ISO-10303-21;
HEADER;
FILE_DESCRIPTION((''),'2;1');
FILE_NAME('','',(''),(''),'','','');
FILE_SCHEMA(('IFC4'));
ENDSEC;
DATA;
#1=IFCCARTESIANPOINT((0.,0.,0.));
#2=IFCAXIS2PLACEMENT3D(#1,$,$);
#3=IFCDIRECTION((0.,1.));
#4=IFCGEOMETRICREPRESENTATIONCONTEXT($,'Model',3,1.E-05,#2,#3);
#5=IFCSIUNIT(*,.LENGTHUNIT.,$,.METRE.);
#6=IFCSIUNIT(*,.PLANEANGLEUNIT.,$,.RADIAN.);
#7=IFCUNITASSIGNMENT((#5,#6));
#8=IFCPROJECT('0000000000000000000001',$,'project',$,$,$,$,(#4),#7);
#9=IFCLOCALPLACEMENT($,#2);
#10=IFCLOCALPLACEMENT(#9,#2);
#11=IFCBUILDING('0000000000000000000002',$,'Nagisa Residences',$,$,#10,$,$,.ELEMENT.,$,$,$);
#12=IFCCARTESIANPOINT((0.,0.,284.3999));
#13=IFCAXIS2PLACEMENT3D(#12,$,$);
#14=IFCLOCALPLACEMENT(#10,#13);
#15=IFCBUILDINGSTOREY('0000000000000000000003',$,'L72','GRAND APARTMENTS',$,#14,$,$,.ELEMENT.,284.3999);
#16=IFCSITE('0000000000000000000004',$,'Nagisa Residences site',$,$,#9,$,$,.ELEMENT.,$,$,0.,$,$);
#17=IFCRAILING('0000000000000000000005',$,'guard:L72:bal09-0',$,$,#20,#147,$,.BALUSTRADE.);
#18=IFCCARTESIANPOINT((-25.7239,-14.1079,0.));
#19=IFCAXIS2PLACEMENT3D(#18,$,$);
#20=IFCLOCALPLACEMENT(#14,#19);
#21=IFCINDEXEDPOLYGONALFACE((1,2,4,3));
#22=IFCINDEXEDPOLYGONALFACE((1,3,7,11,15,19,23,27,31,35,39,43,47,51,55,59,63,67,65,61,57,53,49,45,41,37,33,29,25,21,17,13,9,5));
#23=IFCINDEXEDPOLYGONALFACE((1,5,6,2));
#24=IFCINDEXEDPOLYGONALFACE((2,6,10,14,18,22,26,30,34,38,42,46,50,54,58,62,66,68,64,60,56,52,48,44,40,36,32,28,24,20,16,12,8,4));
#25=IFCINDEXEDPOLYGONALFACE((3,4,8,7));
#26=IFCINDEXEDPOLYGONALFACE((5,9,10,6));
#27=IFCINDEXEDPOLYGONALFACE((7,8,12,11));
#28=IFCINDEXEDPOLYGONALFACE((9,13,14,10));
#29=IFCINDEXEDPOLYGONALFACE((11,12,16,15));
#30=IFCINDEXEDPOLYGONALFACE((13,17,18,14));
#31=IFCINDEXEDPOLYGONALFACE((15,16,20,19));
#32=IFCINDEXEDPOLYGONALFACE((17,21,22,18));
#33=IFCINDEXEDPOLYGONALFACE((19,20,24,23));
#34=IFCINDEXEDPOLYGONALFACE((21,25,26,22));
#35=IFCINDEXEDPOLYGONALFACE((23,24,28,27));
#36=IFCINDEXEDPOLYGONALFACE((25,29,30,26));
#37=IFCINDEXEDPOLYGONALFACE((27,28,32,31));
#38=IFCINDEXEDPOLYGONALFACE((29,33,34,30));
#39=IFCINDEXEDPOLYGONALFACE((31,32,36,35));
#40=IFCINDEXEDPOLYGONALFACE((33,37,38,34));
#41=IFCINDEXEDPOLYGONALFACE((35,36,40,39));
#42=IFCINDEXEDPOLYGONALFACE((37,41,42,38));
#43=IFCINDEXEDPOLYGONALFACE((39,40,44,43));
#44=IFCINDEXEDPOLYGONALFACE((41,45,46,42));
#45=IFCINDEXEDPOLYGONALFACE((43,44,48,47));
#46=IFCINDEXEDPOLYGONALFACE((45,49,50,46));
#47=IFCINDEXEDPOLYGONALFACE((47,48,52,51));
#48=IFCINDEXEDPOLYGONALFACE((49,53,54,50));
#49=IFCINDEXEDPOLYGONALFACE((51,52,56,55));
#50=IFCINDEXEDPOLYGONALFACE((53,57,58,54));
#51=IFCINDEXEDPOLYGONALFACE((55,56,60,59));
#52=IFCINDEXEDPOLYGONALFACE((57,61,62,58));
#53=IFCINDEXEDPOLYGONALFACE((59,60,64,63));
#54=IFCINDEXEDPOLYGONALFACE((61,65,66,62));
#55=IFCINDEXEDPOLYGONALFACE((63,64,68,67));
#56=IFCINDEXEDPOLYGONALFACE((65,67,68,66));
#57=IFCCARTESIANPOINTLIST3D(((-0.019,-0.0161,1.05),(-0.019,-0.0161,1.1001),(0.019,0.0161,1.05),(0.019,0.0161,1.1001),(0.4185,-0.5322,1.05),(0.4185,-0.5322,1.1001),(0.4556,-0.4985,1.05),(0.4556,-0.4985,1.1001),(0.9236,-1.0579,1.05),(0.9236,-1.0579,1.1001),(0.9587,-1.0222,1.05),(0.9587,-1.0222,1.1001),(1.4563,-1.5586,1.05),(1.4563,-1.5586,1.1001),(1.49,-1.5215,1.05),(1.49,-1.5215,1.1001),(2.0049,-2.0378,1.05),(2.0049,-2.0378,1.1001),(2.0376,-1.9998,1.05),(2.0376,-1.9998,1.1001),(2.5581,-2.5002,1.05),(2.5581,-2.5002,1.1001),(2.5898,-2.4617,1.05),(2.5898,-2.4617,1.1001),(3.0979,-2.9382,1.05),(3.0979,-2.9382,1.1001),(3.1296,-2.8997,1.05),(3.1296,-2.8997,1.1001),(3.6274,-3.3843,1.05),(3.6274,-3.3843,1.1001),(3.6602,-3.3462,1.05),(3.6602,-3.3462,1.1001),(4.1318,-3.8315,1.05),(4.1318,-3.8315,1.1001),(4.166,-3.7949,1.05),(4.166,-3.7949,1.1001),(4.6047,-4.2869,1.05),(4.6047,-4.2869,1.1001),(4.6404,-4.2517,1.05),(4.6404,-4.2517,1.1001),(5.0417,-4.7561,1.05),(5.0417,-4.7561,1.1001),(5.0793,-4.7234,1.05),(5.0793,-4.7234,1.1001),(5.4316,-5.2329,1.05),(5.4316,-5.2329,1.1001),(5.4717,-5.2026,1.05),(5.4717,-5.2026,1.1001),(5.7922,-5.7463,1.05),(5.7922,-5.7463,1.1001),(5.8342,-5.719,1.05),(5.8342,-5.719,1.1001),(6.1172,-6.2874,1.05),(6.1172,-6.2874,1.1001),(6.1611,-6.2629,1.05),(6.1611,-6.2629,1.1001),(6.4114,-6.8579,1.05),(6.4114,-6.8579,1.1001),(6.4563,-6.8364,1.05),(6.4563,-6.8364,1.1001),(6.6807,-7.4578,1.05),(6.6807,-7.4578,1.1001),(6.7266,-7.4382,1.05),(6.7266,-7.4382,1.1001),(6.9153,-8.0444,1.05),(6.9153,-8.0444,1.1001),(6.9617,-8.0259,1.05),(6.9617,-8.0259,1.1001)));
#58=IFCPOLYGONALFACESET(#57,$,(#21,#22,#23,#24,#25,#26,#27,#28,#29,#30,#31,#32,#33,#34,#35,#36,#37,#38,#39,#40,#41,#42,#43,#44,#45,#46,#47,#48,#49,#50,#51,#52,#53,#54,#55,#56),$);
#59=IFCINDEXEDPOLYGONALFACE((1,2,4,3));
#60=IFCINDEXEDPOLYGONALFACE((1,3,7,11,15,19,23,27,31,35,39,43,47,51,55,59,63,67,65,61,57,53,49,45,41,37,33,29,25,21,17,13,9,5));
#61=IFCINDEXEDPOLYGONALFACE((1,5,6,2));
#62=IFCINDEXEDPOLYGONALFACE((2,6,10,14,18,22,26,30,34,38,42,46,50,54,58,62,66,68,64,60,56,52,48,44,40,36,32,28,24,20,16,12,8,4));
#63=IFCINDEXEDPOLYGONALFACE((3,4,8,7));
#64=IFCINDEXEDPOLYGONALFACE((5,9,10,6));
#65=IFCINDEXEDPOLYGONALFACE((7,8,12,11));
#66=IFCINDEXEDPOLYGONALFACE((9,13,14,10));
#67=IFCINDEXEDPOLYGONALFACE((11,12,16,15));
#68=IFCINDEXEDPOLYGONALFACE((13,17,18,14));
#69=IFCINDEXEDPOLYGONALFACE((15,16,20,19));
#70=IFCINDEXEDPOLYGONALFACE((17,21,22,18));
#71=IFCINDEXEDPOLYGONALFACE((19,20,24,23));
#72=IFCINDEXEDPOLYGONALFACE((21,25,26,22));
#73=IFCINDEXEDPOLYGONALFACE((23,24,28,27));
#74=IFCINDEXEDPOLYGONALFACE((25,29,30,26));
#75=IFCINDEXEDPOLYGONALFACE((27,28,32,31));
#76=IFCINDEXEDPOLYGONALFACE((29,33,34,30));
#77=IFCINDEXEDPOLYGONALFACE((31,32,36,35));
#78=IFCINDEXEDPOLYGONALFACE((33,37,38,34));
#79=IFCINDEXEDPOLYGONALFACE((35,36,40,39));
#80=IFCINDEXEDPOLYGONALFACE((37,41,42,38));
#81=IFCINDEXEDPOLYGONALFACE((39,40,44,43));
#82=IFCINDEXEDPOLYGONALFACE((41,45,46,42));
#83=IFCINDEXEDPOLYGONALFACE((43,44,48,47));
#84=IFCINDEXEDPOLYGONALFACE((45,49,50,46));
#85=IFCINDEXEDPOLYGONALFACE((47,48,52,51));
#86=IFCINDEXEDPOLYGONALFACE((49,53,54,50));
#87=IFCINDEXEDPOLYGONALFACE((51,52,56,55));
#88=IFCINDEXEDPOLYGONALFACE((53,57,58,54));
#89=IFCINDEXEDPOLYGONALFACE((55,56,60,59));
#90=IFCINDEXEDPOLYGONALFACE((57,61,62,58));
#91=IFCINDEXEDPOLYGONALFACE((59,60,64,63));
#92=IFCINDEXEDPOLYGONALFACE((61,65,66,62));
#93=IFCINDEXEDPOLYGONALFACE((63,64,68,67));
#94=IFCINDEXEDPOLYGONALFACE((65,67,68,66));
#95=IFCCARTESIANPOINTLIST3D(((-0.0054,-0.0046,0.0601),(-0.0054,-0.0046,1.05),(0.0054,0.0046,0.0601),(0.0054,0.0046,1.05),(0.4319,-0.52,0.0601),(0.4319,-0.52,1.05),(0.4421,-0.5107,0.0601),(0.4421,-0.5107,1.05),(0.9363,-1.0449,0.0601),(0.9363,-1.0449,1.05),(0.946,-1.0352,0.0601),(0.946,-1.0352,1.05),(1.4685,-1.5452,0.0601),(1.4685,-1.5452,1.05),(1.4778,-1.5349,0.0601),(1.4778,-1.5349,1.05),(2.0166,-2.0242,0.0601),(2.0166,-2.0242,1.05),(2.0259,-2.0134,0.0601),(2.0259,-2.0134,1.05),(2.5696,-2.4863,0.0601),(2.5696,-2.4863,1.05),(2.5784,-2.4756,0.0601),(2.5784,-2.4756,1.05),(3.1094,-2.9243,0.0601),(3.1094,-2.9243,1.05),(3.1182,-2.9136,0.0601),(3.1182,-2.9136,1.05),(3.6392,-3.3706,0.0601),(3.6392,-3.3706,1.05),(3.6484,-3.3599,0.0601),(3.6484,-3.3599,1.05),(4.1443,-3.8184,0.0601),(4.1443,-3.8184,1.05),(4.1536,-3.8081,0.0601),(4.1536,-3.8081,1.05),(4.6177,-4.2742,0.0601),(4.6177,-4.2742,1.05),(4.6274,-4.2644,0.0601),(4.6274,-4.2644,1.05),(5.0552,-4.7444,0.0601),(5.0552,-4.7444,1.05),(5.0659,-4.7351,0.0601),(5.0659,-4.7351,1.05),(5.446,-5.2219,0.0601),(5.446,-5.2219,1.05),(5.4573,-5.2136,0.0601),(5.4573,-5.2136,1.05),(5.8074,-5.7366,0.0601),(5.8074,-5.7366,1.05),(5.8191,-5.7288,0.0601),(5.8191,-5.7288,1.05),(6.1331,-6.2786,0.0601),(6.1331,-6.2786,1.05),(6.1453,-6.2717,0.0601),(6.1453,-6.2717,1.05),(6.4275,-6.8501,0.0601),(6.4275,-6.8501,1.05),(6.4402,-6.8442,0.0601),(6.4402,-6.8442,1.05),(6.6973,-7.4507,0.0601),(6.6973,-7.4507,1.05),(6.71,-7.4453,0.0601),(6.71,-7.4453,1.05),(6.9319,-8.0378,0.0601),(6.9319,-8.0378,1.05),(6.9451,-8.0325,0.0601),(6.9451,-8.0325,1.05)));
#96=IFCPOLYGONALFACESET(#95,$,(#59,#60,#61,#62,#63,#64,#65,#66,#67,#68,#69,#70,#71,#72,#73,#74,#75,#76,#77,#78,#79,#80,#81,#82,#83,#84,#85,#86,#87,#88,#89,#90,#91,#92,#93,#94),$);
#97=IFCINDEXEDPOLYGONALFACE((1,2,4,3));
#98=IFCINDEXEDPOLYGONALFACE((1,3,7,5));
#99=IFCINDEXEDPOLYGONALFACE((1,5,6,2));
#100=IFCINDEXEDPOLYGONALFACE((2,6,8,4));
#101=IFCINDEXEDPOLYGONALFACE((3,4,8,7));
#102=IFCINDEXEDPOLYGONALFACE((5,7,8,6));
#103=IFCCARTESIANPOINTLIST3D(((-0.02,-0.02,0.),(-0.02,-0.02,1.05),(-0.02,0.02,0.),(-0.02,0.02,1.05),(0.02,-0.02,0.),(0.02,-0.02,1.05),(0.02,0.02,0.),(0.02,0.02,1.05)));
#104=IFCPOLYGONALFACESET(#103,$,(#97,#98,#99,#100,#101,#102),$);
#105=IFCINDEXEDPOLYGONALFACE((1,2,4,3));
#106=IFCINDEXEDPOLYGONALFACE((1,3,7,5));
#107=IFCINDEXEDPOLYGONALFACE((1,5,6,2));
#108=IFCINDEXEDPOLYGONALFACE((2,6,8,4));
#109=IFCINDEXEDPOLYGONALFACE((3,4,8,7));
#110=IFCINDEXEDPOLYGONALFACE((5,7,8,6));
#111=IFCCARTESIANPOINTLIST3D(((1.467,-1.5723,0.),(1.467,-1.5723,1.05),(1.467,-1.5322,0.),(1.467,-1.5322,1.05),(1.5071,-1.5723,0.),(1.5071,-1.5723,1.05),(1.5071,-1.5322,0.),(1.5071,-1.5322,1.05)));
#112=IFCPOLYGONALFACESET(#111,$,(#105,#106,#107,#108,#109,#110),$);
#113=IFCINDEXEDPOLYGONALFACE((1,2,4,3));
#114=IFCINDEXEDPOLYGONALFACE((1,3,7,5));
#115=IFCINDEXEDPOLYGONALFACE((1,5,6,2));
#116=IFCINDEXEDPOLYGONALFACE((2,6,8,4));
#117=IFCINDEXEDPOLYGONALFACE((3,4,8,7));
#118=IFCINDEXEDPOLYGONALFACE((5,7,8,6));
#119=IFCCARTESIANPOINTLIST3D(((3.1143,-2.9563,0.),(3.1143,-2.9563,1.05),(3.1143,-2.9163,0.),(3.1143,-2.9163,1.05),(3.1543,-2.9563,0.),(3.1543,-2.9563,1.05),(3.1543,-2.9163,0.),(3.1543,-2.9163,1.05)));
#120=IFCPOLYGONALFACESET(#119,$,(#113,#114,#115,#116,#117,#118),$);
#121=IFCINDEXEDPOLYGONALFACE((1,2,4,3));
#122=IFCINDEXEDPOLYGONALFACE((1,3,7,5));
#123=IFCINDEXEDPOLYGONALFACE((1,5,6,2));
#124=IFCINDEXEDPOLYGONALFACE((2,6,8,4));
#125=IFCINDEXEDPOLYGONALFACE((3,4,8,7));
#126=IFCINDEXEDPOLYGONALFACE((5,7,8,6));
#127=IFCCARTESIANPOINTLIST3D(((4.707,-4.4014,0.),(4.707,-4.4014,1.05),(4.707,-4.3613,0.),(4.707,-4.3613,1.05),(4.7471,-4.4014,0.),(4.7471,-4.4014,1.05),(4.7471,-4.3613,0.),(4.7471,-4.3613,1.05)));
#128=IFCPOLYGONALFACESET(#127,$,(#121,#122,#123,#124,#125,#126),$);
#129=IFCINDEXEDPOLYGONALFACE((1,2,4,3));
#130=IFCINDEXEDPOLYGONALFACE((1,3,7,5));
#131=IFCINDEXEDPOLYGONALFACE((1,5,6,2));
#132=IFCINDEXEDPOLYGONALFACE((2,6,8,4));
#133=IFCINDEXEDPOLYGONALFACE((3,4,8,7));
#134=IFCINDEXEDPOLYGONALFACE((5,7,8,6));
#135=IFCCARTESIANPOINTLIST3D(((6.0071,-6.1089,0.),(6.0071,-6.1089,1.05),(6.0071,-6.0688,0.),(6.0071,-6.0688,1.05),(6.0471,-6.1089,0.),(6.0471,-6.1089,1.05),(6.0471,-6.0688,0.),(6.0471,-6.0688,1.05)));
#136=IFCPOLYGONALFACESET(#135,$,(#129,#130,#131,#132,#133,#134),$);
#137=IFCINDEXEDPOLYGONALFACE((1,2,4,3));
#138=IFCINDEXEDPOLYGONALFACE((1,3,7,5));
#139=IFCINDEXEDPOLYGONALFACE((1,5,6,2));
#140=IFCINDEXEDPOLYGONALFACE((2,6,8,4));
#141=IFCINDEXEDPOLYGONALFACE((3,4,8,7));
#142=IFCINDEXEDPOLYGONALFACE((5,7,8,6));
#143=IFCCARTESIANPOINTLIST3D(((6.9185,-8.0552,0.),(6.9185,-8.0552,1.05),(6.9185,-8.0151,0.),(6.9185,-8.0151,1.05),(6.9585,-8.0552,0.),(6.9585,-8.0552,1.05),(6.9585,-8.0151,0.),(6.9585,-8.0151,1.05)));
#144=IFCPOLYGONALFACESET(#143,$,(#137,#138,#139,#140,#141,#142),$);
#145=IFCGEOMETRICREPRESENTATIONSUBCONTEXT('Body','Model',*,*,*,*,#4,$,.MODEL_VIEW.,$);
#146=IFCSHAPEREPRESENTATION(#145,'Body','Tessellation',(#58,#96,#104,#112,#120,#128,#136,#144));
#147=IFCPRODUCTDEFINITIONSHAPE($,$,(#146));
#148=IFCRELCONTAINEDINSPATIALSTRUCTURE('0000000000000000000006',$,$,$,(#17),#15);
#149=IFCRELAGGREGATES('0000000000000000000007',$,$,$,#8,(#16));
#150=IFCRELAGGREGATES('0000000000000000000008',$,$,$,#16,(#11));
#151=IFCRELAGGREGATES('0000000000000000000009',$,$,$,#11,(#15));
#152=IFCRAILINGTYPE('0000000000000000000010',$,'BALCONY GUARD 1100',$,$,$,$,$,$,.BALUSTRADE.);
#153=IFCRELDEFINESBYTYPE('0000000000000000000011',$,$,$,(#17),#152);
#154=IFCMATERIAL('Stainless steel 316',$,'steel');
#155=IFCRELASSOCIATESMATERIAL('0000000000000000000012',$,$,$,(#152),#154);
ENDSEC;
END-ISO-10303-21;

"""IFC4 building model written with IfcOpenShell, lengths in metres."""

from ifc_helpers import new_model, si_unit, direction, frame, origin, origin_2d, place, context, subcontext, project, spatial, polyline, rectangle, outline, extrude, material, type_object, element, save


model = new_model("IFC4")

# Units and contexts
model_context = context("Model", 3, precision=1e-05, world=origin(), true_north=direction((0.0, 1.0)))
body_context = subcontext(model_context, "Body", "Model", "MODEL_VIEW")
ifc_project = project(units=[si_unit("LENGTHUNIT", "METRE"), si_unit("PLANEANGLEUNIT", "RADIAN")], contexts=[model_context])

# Site, building, storey
site_placement = place(None, origin())
site = spatial("IfcSite", under=ifc_project, at=site_placement, Name="Nagisa Residences site", CompositionType="ELEMENT", RefElevation=0.0)
building_placement = place(site_placement, origin())
building = spatial("IfcBuilding", under=site, at=building_placement, Name="Nagisa Residences", CompositionType="ELEMENT")
storey_placement = place(building_placement, frame((0.0, 0.0, 284.3999)))
storey = spatial("IfcBuildingStorey", under=building, at=storey_placement, Name="L72", Description="GRAND APARTMENTS", CompositionType="ELEMENT", Elevation=284.3999)

# Railing
ifc_material_1 = material(Name="Stainless steel 316", Category="steel")
railing_type = type_object("IfcRailingType", Name="BALCONY GUARD 1100", PredefinedType="BALUSTRADE", material=ifc_material_1)
railing_1_placement = place(storey_placement, frame((-25.7239, -14.1079, 0.0)))
element("IfcRailing", 1, at=railing_1_placement, inside=storey, type_object=railing_type, Name="guard:L72:bal09-0", PredefinedType="BALUSTRADE", context=body_context, shape_type="SweptSolid", body=[
    extrude(outline(polyline([(0.4556, -0.4985), (0.019, 0.0161), (-0.019, -0.0161), (0.4185, -0.5322), (0.9236, -1.0579), (1.4563, -1.5586), (2.0049, -2.0378), (2.5581, -2.5002), (3.0979, -2.9382), (3.6274, -3.3843), (4.1318, -3.8315), (4.6047, -4.2869), (5.0417, -4.7561), (5.4316, -5.2329), (5.7922, -5.7463), (6.1172, -6.2874), (6.4114, -6.8579), (6.6807, -7.4578), (6.9153, -8.0444), (6.9617, -8.0259), (6.7266, -7.4382), (6.4563, -6.8364), (6.1611, -6.2629), (5.8342, -5.719), (5.4717, -5.2026), (5.0793, -4.7234), (4.6404, -4.2517), (4.166, -3.7949), (3.6602, -3.3462), (3.1296, -2.8997), (2.5898, -2.4617), (2.0376, -1.9998), (1.49, -1.5215), (0.9587, -1.0222), (0.4556, -0.4985)])), frame((0.0, 0.0, 1.05)), (0.0, 0.0, 1.0), 0.05),
    extrude(outline(polyline([(0.4421, -0.5107), (0.0054, 0.0046), (-0.0054, -0.0046), (0.4319, -0.52), (0.9363, -1.0449), (1.4685, -1.5452), (2.0166, -2.0242), (2.5696, -2.4863), (3.1094, -2.9243), (3.6392, -3.3706), (4.1443, -3.8184), (4.6177, -4.2742), (5.0552, -4.7444), (5.446, -5.2219), (5.8074, -5.7366), (6.1331, -6.2786), (6.4275, -6.8501), (6.6973, -7.4507), (6.9319, -8.0378), (6.9451, -8.0325), (6.71, -7.4453), (6.4402, -6.8442), (6.1453, -6.2717), (5.8191, -5.7288), (5.4573, -5.2136), (5.0659, -4.7351), (4.6274, -4.2644), (4.1536, -3.8081), (3.6484, -3.3599), (3.1182, -2.9136), (2.5784, -2.4756), (2.0259, -2.0134), (1.4778, -1.5349), (0.946, -1.0352), (0.4421, -0.5107)])), frame((0.0, 0.0, 0.0601)), (0.0, 0.0, 1.0), 0.99),
    extrude(rectangle(XDim=0.04, YDim=0.04, at=origin_2d()), origin(), (0.0, 0.0, 1.0), 1.05),
    extrude(rectangle(XDim=0.04, YDim=0.04, at=origin_2d()), frame((1.4871, -1.5522, 0.0)), (0.0, 0.0, 1.0), 1.05),
    extrude(rectangle(XDim=0.04, YDim=0.04, at=origin_2d()), frame((3.1343, -2.9363, 0.0)), (0.0, 0.0, 1.0), 1.05),
    extrude(rectangle(XDim=0.04, YDim=0.04, at=origin_2d()), frame((4.7271, -4.3813, 0.0)), (0.0, 0.0, 1.0), 1.05),
    extrude(rectangle(XDim=0.04, YDim=0.04, at=origin_2d()), frame((6.0271, -6.0889, 0.0)), (0.0, 0.0, 1.0), 1.05),
    extrude(rectangle(XDim=0.04, YDim=0.04, at=origin_2d()), frame((6.9385, -8.0352, 0.0)), (0.0, 0.0, 1.0), 1.05),
])

save(model, "model.ifc")
